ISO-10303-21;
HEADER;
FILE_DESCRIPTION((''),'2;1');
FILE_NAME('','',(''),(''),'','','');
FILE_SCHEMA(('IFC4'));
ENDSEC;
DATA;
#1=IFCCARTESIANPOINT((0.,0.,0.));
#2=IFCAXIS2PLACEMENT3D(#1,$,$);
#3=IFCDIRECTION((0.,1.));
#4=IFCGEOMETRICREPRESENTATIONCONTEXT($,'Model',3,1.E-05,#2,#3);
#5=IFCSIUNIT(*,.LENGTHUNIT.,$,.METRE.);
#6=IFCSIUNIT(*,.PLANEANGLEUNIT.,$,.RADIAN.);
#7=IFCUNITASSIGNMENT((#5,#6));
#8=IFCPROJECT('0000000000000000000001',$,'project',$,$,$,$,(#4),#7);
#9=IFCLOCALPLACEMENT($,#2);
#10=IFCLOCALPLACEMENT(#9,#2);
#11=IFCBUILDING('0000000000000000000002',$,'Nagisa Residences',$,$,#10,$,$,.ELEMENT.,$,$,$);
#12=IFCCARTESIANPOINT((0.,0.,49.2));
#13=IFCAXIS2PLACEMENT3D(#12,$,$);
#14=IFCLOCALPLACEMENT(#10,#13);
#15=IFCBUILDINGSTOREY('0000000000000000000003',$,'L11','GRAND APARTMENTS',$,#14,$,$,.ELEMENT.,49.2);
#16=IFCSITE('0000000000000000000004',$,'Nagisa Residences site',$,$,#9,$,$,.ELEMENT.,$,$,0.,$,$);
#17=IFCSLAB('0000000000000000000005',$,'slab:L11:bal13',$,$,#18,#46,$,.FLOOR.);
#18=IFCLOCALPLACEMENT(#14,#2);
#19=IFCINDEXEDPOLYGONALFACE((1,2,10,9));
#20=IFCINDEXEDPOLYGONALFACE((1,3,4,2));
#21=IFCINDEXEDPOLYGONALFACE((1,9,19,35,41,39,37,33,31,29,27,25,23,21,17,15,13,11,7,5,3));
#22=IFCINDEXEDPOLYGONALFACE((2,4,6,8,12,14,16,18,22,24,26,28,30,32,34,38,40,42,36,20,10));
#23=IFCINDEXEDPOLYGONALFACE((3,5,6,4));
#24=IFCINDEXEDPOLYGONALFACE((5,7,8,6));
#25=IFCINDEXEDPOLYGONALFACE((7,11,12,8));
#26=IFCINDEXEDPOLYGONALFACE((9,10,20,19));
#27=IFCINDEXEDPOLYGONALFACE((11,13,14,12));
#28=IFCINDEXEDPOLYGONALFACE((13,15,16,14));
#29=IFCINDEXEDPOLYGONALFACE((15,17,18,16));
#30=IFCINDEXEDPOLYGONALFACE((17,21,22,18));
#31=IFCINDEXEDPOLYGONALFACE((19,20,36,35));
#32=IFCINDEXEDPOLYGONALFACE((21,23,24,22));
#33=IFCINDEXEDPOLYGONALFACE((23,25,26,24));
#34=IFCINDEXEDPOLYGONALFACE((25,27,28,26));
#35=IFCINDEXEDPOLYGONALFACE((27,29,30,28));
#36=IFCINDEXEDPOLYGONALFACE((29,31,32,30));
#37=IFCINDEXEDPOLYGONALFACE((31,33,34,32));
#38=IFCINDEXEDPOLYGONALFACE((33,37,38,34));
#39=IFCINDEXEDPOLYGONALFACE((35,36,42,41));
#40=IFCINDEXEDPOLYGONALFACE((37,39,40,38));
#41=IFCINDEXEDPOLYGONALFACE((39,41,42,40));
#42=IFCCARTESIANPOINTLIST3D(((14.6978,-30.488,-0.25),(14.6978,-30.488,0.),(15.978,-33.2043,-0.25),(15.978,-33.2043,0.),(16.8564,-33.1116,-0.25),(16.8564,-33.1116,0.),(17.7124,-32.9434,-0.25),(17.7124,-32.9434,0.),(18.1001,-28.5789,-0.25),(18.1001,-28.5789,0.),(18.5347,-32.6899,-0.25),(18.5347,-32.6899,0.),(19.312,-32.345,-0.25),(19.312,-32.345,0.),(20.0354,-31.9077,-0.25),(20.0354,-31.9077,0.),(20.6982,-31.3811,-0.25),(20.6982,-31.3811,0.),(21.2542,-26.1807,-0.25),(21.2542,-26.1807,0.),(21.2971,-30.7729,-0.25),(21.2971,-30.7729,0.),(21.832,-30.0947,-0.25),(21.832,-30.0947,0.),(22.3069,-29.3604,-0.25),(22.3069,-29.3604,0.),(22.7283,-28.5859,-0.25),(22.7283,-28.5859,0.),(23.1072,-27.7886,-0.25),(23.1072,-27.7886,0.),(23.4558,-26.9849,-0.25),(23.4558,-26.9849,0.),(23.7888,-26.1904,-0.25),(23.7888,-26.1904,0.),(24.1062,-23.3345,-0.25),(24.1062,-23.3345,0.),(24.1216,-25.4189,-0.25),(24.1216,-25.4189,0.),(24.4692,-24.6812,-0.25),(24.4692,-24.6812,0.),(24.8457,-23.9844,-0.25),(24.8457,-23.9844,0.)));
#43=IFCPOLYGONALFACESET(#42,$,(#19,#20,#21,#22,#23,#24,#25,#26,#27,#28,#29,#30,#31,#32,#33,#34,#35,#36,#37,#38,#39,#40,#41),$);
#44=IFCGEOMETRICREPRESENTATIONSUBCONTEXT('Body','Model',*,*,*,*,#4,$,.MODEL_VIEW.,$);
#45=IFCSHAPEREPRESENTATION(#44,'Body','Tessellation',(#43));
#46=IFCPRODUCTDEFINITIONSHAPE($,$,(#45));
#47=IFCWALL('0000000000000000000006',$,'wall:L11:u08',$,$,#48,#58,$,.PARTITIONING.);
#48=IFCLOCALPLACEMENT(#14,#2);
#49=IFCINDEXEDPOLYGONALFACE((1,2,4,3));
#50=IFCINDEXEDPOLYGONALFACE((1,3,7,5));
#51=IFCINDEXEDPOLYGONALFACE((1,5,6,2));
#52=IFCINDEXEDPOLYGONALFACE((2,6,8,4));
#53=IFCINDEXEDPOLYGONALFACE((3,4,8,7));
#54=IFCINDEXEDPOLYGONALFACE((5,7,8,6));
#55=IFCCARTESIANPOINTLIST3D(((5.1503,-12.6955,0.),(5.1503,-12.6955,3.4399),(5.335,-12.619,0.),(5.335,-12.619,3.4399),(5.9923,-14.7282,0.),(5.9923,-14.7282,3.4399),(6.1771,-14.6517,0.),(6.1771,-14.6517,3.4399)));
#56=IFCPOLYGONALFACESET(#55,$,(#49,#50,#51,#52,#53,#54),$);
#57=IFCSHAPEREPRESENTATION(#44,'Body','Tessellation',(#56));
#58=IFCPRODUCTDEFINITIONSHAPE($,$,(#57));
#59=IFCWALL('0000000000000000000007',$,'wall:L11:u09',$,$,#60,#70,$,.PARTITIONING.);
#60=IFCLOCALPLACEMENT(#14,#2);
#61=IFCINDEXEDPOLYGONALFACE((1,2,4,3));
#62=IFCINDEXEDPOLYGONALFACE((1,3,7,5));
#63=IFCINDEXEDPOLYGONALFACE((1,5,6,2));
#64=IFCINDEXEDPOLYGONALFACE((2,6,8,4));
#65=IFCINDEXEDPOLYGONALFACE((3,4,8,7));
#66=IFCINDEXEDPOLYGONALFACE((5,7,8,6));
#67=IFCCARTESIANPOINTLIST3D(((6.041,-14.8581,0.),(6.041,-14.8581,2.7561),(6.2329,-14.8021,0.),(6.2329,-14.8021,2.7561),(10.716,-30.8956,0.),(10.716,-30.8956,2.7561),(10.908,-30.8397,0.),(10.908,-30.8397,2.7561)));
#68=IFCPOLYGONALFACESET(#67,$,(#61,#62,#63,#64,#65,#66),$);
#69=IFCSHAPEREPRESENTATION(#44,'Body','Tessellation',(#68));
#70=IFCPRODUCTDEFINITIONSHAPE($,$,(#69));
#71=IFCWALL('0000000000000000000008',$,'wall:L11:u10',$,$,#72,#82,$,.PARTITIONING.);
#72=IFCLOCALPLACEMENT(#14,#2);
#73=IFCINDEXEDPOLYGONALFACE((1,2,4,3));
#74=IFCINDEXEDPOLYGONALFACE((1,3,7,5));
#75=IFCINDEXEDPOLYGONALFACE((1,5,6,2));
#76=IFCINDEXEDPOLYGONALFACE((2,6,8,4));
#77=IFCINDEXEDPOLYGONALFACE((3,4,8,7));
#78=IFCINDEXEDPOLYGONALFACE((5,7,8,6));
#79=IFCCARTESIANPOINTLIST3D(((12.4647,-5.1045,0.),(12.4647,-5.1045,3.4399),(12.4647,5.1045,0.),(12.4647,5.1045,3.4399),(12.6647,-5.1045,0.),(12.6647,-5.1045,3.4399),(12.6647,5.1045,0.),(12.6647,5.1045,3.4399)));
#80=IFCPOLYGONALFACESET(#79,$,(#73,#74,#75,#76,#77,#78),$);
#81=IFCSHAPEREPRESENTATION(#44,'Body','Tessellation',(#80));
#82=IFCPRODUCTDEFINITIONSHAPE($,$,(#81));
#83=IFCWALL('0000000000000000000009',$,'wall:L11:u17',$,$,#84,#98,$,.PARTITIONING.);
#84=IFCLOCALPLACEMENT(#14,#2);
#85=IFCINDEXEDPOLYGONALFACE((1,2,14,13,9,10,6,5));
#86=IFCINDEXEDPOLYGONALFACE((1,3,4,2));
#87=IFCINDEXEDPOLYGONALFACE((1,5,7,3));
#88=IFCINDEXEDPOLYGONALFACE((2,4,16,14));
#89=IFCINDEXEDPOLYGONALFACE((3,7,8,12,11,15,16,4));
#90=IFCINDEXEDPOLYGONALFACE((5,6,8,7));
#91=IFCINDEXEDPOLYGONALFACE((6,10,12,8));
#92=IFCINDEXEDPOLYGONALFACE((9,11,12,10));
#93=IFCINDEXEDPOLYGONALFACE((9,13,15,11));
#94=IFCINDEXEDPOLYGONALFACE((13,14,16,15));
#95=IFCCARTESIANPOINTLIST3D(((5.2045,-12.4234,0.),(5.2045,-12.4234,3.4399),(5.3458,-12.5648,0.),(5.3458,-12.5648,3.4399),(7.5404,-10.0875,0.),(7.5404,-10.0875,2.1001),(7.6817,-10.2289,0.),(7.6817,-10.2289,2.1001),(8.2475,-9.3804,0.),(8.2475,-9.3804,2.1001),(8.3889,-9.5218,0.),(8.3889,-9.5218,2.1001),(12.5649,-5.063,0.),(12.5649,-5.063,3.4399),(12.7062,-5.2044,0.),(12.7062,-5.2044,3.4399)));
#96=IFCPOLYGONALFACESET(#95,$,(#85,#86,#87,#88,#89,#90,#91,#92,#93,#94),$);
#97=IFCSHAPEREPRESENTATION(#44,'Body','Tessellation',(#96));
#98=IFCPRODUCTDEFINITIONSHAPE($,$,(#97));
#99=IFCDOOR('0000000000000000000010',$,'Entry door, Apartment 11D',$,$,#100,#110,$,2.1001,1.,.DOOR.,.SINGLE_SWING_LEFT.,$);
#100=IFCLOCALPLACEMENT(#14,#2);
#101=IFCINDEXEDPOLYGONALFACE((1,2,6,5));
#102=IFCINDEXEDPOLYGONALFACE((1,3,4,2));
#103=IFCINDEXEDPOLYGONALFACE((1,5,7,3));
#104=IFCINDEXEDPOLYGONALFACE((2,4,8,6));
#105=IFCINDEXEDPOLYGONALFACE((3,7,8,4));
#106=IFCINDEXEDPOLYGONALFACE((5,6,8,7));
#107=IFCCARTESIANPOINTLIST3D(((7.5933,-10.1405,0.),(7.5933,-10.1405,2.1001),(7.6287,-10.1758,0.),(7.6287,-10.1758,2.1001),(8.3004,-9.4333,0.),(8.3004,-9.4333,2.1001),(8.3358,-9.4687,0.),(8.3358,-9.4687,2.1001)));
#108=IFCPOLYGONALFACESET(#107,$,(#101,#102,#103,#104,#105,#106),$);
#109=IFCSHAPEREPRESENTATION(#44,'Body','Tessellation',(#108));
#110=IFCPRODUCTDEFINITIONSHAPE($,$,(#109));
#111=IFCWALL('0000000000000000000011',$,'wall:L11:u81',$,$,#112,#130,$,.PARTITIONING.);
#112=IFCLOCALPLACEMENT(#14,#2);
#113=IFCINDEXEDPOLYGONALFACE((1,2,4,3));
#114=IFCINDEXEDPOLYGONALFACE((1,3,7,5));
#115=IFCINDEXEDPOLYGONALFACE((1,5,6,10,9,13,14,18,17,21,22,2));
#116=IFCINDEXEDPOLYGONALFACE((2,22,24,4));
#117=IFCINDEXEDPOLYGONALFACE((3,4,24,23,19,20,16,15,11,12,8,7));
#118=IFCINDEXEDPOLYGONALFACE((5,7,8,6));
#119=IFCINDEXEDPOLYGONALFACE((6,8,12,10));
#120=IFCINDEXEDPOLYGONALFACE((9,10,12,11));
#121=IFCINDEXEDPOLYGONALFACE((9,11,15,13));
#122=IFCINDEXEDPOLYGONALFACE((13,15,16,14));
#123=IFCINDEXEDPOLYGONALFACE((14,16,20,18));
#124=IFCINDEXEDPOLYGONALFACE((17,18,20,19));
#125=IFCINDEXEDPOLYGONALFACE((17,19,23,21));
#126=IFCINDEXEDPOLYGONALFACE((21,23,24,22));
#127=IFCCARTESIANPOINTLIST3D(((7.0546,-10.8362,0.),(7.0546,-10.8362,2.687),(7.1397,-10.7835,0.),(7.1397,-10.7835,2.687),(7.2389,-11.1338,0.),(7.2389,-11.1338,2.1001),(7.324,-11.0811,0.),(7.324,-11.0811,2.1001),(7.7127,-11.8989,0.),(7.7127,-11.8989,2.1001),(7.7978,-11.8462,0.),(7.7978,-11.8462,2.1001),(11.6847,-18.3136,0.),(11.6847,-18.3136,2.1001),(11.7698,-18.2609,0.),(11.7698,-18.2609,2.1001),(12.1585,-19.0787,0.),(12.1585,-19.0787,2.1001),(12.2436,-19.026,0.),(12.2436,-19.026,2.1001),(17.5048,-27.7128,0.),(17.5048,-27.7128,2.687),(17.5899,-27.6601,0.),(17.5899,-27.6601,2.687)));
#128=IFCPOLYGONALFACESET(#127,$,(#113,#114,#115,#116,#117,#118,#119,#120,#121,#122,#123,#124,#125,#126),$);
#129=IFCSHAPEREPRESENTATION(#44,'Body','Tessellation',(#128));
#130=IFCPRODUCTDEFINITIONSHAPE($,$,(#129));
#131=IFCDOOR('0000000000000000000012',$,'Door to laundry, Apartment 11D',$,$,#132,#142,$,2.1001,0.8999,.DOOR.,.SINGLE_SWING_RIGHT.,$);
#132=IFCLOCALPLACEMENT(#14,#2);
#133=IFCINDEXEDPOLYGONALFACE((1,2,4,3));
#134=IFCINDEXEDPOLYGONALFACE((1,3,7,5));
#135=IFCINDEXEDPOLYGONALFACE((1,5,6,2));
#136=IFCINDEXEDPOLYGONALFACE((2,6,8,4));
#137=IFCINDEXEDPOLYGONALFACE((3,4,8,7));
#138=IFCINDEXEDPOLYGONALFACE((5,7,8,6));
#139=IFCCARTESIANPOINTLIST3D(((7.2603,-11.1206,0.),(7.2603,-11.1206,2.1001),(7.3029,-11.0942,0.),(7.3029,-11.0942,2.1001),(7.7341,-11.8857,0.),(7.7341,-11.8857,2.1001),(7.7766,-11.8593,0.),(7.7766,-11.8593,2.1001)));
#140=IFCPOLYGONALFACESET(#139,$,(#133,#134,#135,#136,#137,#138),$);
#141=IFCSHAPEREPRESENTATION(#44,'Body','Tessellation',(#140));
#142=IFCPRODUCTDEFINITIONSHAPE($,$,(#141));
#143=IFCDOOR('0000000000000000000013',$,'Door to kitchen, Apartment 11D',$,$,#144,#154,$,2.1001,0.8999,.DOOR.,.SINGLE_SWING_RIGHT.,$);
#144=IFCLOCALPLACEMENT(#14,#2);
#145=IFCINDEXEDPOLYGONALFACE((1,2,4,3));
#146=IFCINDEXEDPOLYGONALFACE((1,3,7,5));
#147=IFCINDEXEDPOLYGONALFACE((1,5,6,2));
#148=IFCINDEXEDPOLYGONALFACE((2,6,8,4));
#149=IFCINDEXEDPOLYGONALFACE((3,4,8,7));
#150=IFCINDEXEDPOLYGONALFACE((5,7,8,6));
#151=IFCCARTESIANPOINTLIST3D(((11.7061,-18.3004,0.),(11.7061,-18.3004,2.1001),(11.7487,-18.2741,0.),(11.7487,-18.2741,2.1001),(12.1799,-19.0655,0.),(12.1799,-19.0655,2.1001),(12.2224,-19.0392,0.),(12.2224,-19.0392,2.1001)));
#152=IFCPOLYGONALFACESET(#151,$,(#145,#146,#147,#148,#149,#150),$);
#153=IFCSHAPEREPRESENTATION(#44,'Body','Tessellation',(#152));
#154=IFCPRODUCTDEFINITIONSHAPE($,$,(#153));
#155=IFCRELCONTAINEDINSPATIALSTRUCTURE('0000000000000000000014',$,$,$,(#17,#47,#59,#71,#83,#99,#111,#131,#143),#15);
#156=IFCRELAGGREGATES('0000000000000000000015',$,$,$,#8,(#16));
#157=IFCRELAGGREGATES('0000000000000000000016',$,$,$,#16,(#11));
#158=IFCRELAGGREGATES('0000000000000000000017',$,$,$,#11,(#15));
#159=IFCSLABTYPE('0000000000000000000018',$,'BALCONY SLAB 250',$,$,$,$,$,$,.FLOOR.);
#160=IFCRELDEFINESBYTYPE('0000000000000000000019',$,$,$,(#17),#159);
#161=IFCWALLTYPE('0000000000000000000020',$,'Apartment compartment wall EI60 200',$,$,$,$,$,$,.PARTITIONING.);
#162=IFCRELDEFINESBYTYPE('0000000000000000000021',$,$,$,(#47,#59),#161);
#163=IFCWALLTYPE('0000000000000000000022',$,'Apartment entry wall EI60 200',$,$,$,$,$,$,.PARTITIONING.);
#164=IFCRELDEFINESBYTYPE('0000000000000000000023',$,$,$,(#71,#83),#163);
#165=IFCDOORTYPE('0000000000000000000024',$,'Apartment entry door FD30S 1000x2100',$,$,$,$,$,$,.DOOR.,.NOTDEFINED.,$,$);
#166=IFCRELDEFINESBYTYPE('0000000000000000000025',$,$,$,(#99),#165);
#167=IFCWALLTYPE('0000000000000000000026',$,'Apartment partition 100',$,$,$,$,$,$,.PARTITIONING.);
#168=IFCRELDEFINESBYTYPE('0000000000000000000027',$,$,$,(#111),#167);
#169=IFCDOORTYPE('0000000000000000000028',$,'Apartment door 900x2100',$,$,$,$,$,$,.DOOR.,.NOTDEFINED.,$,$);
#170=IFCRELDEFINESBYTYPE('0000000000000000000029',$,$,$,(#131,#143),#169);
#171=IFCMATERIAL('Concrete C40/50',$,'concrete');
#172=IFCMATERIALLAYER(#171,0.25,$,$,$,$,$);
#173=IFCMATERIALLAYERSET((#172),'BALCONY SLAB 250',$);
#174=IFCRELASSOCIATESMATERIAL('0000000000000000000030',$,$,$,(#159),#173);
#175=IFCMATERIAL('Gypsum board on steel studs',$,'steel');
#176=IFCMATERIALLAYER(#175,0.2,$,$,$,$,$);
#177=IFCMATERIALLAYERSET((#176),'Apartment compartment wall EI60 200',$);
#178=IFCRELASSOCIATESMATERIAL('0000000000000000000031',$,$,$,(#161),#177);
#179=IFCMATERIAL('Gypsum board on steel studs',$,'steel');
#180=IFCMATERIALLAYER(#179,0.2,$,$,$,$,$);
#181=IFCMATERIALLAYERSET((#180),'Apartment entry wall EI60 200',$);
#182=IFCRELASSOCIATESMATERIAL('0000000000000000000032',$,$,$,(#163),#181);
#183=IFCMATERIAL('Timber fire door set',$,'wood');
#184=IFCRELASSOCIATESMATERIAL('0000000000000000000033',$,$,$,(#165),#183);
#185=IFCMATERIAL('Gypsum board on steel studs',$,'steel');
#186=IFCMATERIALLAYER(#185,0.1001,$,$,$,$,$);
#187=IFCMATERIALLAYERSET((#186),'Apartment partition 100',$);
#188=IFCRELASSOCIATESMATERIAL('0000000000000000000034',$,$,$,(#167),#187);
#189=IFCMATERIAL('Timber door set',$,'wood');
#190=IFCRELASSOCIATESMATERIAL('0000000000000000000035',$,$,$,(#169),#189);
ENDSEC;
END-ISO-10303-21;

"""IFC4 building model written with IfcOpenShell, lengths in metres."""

from ifc_helpers import new_model, si_unit, direction, frame, frame_2d, origin, place, context, subcontext, project, spatial, polyline, rectangle, outline, extrude, material, layer, layer_set, type_object, element, fill, save


model = new_model("IFC4")

# Units and contexts
model_context = context("Model", 3, precision=1e-05, world=origin(), true_north=direction((0.0, 1.0)))
body_context = subcontext(model_context, "Body", "Model", "MODEL_VIEW")
ifc_project = project(units=[si_unit("LENGTHUNIT", "METRE"), si_unit("PLANEANGLEUNIT", "RADIAN")], contexts=[model_context])

# Site, building, storey
site_placement = place(None, origin())
site = spatial("IfcSite", under=ifc_project, at=site_placement, Name="Nagisa Residences site", CompositionType="ELEMENT", RefElevation=0.0)
building_placement = place(site_placement, origin())
building = spatial("IfcBuilding", under=site, at=building_placement, Name="Nagisa Residences", CompositionType="ELEMENT")
storey_placement = place(building_placement, frame((0.0, 0.0, 49.2)))
storey = spatial("IfcBuildingStorey", under=building, at=storey_placement, Name="L11", Description="GRAND APARTMENTS", CompositionType="ELEMENT", Elevation=49.2)

# Slab
ifc_material_1 = material(Name="Concrete C40/50", Category="concrete")
ifc_layer_1 = layer(ifc_material_1, 0.25)
ifc_layer_set_1 = layer_set([ifc_layer_1], Name="BALCONY SLAB 250")
slab_type = type_object("IfcSlabType", Name="BALCONY SLAB 250", PredefinedType="FLOOR", material=ifc_layer_set_1)
slab_1_placement = place(storey_placement, frame((0.0, 0.0, -0.25)))
element("IfcSlab", 1, at=slab_1_placement, inside=storey, type_object=slab_type, Name="slab:L11:bal13", PredefinedType="FLOOR", context=body_context, shape_type="SweptSolid", body=[
    extrude(outline(polyline([(15.978, -33.2043), (16.8564, -33.1116), (17.7124, -32.9434), (18.5347, -32.6899), (19.312, -32.345), (20.0354, -31.9077), (20.6982, -31.3811), (21.2971, -30.7729), (21.832, -30.0947), (22.3069, -29.3604), (22.7283, -28.5859), (23.1072, -27.7886), (23.4558, -26.9849), (23.7888, -26.1904), (24.1216, -25.4189), (24.4692, -24.6812), (24.8457, -23.9844), (24.1062, -23.3345), (21.2542, -26.1807), (18.1001, -28.5789), (14.6978, -30.488), (15.978, -33.2043)])), origin(), (0.0, 0.0, 1.0), 0.25),
])

# Walls
ifc_material_2 = material(Name="Gypsum board on steel studs", Category="steel")
ifc_layer_2 = layer(ifc_material_2, 0.2)
ifc_layer_set_2 = layer_set([ifc_layer_2], Name="Apartment compartment wall EI60 200")
wall_type_1 = type_object("IfcWallType", Name="Apartment compartment wall EI60 200", PredefinedType="PARTITIONING", material=ifc_layer_set_2)
wall_1_placement = place(storey_placement, frame((5.2427, -12.6572, 0.0), z_axis=(0.0, 0.0, 1.0), x_axis=(0.382708, -0.923869, 0.0)))
element("IfcWall", 2, at=wall_1_placement, inside=storey, type_object=wall_type_1, Name="wall:L11:u08", PredefinedType="PARTITIONING", context=body_context, shape_type="SweptSolid", body=[
    extrude(rectangle(XDim=2.2002, YDim=0.2, at=frame_2d((1.1001, 0.0))), origin(), (0.0, 0.0, 1.0), 3.4399),
])
wall_2_placement = place(storey_placement, frame((6.137, -14.8301, 0.0), z_axis=(0.0, 0.0, 1.0), x_axis=(0.279857, -0.960042, 0.0)))
element("IfcWall", 3, at=wall_2_placement, inside=storey, type_object=wall_type_1, Name="wall:L11:u09", PredefinedType="PARTITIONING", context=body_context, shape_type="SweptSolid", body=[
    extrude(rectangle(XDim=16.7051, YDim=0.2, at=frame_2d((8.3525, 0.0))), origin(), (0.0, 0.0, 1.0), 2.7561),
])
ifc_material_3 = material(Name="Gypsum board on steel studs", Category="steel")
ifc_layer_3 = layer(ifc_material_3, 0.2)
ifc_layer_set_3 = layer_set([ifc_layer_3], Name="Apartment entry wall EI60 200")
wall_type_2 = type_object("IfcWallType", Name="Apartment entry wall EI60 200", PredefinedType="PARTITIONING", material=ifc_layer_set_3)
wall_3_placement = place(storey_placement, frame((12.5647, -5.1045, 0.0), z_axis=(0.0, 0.0, 1.0), x_axis=(0.0, 1.0, 0.0)))
element("IfcWall", 4, at=wall_3_placement, inside=storey, type_object=wall_type_2, Name="wall:L11:u10", PredefinedType="PARTITIONING", context=body_context, shape_type="SweptSolid", body=[
    extrude(rectangle(XDim=10.209, YDim=0.2, at=frame_2d((5.1045, 0.0))), origin(), (0.0, 0.0, 1.0), 3.4399),
])

# Wall, opening, door
wall_4_placement = place(storey_placement, frame((5.2751, -12.4941, 0.0), z_axis=(0.0, 0.0, 1.0), x_axis=(0.707107, 0.707107, 0.0)))
wall_4 = element("IfcWall", 5, at=wall_4_placement, inside=storey, type_object=wall_type_2, Name="wall:L11:u17", PredefinedType="PARTITIONING", context=body_context, shape_type="SweptSolid", body=[
    extrude(rectangle(XDim=10.4092, YDim=0.2, at=frame_2d((5.2046, 0.0))), origin(), (0.0, 0.0, 1.0), 3.4399),
])
opening_1_placement = place(wall_4_placement, frame((3.3035, 0.0, 0.0)))
opening_1 = element("IfcOpeningElement", 6, at=opening_1_placement, cuts=wall_4, PredefinedType="OPENING", context=body_context, shape_type="SweptSolid", body=[
    extrude(rectangle(XDim=1.0, YDim=2.1001, at=frame_2d((0.5, 1.05))), frame((0.0, 0.1099, 0.0), z_axis=(0.0, -1.0, 0.0), x_axis=(1.0, 0.0, 0.0)), (0.0, 0.0, 1.0), 0.22),
])
ifc_material_4 = material(Name="Timber fire door set", Category="wood")
door_type_1 = type_object("IfcDoorType", Name="Apartment entry door FD30S 1000x2100", OperationType="NOTDEFINED", PredefinedType="DOOR", material=ifc_material_4)
door_1_placement = place(opening_1_placement, frame((1.0, 0.0, 0.0), x_axis=(-1.0, 0.0, 0.0)))
door_1 = element("IfcDoor", 7, at=door_1_placement, inside=storey, type_object=door_type_1, Name="Entry door, Apartment 11D", OperationType="SINGLE_SWING_LEFT", OverallHeight=2.1001, OverallWidth=1.0, PredefinedType="DOOR", context=body_context, shape_type="SweptSolid", body=[
    extrude(rectangle(XDim=1.0, YDim=2.1001, at=frame_2d((0.5, 1.05))), frame((0.0, 0.0249, 0.0), z_axis=(0.0, -1.0, 0.0), x_axis=(1.0, 0.0, 0.0)), (0.0, 0.0, 1.0), 0.05),
])
fill(opening_1, door_1)

# Wall, openings, doors
ifc_material_5 = material(Name="Gypsum board on steel studs", Category="steel")
ifc_layer_4 = layer(ifc_material_5, 0.1001)
ifc_layer_set_4 = layer_set([ifc_layer_4], Name="Apartment partition 100")
wall_type_3 = type_object("IfcWallType", Name="Apartment partition 100", PredefinedType="PARTITIONING", material=ifc_layer_set_4)
wall_5_placement = place(storey_placement, frame((7.0972, -10.8098, 0.0), z_axis=(0.0, 0.0, 1.0), x_axis=(0.526453, -0.850204, 0.0)))
wall_5 = element("IfcWall", 8, at=wall_5_placement, inside=storey, type_object=wall_type_3, Name="wall:L11:u81", PredefinedType="PARTITIONING", context=body_context, shape_type="SweptSolid", body=[
    extrude(rectangle(XDim=19.8501, YDim=0.1001, at=frame_2d((9.925, 0.0))), origin(), (0.0, 0.0, 1.0), 2.687),
])
opening_2_placement = place(wall_5_placement, frame((0.3501, 0.0, 0.0)))
opening_2 = element("IfcOpeningElement", 9, at=opening_2_placement, cuts=wall_5, PredefinedType="OPENING", context=body_context, shape_type="SweptSolid", body=[
    extrude(rectangle(XDim=0.8999, YDim=2.1001, at=frame_2d((0.45, 1.05))), frame((0.0, 0.0601, 0.0), z_axis=(0.0, -1.0, 0.0), x_axis=(1.0, 0.0, 0.0)), (0.0, 0.0, 1.0), 0.1201),
])
opening_3_placement = place(wall_5_placement, frame((8.7949, 0.0, 0.0)))
opening_3 = element("IfcOpeningElement", 10, at=opening_3_placement, cuts=wall_5, PredefinedType="OPENING", context=body_context, shape_type="SweptSolid", body=[
    extrude(rectangle(XDim=0.8999, YDim=2.1001, at=frame_2d((0.45, 1.05))), frame((0.0, 0.0601, 0.0), z_axis=(0.0, -1.0, 0.0), x_axis=(1.0, 0.0, 0.0)), (0.0, 0.0, 1.0), 0.1201),
])
ifc_material_6 = material(Name="Timber door set", Category="wood")
door_type_2 = type_object("IfcDoorType", Name="Apartment door 900x2100", OperationType="NOTDEFINED", PredefinedType="DOOR", material=ifc_material_6)
door_2_placement = place(opening_2_placement, frame((0.8999, 0.0, 0.0), x_axis=(-1.0, 0.0, 0.0)))
door_2 = element("IfcDoor", 11, at=door_2_placement, inside=storey, type_object=door_type_2, Name="Door to laundry, Apartment 11D", OperationType="SINGLE_SWING_RIGHT", OverallHeight=2.1001, OverallWidth=0.8999, PredefinedType="DOOR", context=body_context, shape_type="SweptSolid", body=[
    extrude(rectangle(XDim=0.8999, YDim=2.1001, at=frame_2d((0.45, 1.05))), frame((0.0, 0.0249, 0.0), z_axis=(0.0, -1.0, 0.0), x_axis=(1.0, 0.0, 0.0)), (0.0, 0.0, 1.0), 0.05),
])
fill(opening_2, door_2)
door_3_placement = place(opening_3_placement, frame((0.8999, 0.0, 0.0), x_axis=(-1.0, 0.0, 0.0)))
door_3 = element("IfcDoor", 12, at=door_3_placement, inside=storey, type_object=door_type_2, Name="Door to kitchen, Apartment 11D", OperationType="SINGLE_SWING_RIGHT", OverallHeight=2.1001, OverallWidth=0.8999, PredefinedType="DOOR", context=body_context, shape_type="SweptSolid", body=[
    extrude(rectangle(XDim=0.8999, YDim=2.1001, at=frame_2d((0.45, 1.05))), frame((0.0, 0.0249, 0.0), z_axis=(0.0, -1.0, 0.0), x_axis=(1.0, 0.0, 0.0)), (0.0, 0.0, 1.0), 0.05),
])
fill(opening_3, door_3)

save(model, "model.ifc")
